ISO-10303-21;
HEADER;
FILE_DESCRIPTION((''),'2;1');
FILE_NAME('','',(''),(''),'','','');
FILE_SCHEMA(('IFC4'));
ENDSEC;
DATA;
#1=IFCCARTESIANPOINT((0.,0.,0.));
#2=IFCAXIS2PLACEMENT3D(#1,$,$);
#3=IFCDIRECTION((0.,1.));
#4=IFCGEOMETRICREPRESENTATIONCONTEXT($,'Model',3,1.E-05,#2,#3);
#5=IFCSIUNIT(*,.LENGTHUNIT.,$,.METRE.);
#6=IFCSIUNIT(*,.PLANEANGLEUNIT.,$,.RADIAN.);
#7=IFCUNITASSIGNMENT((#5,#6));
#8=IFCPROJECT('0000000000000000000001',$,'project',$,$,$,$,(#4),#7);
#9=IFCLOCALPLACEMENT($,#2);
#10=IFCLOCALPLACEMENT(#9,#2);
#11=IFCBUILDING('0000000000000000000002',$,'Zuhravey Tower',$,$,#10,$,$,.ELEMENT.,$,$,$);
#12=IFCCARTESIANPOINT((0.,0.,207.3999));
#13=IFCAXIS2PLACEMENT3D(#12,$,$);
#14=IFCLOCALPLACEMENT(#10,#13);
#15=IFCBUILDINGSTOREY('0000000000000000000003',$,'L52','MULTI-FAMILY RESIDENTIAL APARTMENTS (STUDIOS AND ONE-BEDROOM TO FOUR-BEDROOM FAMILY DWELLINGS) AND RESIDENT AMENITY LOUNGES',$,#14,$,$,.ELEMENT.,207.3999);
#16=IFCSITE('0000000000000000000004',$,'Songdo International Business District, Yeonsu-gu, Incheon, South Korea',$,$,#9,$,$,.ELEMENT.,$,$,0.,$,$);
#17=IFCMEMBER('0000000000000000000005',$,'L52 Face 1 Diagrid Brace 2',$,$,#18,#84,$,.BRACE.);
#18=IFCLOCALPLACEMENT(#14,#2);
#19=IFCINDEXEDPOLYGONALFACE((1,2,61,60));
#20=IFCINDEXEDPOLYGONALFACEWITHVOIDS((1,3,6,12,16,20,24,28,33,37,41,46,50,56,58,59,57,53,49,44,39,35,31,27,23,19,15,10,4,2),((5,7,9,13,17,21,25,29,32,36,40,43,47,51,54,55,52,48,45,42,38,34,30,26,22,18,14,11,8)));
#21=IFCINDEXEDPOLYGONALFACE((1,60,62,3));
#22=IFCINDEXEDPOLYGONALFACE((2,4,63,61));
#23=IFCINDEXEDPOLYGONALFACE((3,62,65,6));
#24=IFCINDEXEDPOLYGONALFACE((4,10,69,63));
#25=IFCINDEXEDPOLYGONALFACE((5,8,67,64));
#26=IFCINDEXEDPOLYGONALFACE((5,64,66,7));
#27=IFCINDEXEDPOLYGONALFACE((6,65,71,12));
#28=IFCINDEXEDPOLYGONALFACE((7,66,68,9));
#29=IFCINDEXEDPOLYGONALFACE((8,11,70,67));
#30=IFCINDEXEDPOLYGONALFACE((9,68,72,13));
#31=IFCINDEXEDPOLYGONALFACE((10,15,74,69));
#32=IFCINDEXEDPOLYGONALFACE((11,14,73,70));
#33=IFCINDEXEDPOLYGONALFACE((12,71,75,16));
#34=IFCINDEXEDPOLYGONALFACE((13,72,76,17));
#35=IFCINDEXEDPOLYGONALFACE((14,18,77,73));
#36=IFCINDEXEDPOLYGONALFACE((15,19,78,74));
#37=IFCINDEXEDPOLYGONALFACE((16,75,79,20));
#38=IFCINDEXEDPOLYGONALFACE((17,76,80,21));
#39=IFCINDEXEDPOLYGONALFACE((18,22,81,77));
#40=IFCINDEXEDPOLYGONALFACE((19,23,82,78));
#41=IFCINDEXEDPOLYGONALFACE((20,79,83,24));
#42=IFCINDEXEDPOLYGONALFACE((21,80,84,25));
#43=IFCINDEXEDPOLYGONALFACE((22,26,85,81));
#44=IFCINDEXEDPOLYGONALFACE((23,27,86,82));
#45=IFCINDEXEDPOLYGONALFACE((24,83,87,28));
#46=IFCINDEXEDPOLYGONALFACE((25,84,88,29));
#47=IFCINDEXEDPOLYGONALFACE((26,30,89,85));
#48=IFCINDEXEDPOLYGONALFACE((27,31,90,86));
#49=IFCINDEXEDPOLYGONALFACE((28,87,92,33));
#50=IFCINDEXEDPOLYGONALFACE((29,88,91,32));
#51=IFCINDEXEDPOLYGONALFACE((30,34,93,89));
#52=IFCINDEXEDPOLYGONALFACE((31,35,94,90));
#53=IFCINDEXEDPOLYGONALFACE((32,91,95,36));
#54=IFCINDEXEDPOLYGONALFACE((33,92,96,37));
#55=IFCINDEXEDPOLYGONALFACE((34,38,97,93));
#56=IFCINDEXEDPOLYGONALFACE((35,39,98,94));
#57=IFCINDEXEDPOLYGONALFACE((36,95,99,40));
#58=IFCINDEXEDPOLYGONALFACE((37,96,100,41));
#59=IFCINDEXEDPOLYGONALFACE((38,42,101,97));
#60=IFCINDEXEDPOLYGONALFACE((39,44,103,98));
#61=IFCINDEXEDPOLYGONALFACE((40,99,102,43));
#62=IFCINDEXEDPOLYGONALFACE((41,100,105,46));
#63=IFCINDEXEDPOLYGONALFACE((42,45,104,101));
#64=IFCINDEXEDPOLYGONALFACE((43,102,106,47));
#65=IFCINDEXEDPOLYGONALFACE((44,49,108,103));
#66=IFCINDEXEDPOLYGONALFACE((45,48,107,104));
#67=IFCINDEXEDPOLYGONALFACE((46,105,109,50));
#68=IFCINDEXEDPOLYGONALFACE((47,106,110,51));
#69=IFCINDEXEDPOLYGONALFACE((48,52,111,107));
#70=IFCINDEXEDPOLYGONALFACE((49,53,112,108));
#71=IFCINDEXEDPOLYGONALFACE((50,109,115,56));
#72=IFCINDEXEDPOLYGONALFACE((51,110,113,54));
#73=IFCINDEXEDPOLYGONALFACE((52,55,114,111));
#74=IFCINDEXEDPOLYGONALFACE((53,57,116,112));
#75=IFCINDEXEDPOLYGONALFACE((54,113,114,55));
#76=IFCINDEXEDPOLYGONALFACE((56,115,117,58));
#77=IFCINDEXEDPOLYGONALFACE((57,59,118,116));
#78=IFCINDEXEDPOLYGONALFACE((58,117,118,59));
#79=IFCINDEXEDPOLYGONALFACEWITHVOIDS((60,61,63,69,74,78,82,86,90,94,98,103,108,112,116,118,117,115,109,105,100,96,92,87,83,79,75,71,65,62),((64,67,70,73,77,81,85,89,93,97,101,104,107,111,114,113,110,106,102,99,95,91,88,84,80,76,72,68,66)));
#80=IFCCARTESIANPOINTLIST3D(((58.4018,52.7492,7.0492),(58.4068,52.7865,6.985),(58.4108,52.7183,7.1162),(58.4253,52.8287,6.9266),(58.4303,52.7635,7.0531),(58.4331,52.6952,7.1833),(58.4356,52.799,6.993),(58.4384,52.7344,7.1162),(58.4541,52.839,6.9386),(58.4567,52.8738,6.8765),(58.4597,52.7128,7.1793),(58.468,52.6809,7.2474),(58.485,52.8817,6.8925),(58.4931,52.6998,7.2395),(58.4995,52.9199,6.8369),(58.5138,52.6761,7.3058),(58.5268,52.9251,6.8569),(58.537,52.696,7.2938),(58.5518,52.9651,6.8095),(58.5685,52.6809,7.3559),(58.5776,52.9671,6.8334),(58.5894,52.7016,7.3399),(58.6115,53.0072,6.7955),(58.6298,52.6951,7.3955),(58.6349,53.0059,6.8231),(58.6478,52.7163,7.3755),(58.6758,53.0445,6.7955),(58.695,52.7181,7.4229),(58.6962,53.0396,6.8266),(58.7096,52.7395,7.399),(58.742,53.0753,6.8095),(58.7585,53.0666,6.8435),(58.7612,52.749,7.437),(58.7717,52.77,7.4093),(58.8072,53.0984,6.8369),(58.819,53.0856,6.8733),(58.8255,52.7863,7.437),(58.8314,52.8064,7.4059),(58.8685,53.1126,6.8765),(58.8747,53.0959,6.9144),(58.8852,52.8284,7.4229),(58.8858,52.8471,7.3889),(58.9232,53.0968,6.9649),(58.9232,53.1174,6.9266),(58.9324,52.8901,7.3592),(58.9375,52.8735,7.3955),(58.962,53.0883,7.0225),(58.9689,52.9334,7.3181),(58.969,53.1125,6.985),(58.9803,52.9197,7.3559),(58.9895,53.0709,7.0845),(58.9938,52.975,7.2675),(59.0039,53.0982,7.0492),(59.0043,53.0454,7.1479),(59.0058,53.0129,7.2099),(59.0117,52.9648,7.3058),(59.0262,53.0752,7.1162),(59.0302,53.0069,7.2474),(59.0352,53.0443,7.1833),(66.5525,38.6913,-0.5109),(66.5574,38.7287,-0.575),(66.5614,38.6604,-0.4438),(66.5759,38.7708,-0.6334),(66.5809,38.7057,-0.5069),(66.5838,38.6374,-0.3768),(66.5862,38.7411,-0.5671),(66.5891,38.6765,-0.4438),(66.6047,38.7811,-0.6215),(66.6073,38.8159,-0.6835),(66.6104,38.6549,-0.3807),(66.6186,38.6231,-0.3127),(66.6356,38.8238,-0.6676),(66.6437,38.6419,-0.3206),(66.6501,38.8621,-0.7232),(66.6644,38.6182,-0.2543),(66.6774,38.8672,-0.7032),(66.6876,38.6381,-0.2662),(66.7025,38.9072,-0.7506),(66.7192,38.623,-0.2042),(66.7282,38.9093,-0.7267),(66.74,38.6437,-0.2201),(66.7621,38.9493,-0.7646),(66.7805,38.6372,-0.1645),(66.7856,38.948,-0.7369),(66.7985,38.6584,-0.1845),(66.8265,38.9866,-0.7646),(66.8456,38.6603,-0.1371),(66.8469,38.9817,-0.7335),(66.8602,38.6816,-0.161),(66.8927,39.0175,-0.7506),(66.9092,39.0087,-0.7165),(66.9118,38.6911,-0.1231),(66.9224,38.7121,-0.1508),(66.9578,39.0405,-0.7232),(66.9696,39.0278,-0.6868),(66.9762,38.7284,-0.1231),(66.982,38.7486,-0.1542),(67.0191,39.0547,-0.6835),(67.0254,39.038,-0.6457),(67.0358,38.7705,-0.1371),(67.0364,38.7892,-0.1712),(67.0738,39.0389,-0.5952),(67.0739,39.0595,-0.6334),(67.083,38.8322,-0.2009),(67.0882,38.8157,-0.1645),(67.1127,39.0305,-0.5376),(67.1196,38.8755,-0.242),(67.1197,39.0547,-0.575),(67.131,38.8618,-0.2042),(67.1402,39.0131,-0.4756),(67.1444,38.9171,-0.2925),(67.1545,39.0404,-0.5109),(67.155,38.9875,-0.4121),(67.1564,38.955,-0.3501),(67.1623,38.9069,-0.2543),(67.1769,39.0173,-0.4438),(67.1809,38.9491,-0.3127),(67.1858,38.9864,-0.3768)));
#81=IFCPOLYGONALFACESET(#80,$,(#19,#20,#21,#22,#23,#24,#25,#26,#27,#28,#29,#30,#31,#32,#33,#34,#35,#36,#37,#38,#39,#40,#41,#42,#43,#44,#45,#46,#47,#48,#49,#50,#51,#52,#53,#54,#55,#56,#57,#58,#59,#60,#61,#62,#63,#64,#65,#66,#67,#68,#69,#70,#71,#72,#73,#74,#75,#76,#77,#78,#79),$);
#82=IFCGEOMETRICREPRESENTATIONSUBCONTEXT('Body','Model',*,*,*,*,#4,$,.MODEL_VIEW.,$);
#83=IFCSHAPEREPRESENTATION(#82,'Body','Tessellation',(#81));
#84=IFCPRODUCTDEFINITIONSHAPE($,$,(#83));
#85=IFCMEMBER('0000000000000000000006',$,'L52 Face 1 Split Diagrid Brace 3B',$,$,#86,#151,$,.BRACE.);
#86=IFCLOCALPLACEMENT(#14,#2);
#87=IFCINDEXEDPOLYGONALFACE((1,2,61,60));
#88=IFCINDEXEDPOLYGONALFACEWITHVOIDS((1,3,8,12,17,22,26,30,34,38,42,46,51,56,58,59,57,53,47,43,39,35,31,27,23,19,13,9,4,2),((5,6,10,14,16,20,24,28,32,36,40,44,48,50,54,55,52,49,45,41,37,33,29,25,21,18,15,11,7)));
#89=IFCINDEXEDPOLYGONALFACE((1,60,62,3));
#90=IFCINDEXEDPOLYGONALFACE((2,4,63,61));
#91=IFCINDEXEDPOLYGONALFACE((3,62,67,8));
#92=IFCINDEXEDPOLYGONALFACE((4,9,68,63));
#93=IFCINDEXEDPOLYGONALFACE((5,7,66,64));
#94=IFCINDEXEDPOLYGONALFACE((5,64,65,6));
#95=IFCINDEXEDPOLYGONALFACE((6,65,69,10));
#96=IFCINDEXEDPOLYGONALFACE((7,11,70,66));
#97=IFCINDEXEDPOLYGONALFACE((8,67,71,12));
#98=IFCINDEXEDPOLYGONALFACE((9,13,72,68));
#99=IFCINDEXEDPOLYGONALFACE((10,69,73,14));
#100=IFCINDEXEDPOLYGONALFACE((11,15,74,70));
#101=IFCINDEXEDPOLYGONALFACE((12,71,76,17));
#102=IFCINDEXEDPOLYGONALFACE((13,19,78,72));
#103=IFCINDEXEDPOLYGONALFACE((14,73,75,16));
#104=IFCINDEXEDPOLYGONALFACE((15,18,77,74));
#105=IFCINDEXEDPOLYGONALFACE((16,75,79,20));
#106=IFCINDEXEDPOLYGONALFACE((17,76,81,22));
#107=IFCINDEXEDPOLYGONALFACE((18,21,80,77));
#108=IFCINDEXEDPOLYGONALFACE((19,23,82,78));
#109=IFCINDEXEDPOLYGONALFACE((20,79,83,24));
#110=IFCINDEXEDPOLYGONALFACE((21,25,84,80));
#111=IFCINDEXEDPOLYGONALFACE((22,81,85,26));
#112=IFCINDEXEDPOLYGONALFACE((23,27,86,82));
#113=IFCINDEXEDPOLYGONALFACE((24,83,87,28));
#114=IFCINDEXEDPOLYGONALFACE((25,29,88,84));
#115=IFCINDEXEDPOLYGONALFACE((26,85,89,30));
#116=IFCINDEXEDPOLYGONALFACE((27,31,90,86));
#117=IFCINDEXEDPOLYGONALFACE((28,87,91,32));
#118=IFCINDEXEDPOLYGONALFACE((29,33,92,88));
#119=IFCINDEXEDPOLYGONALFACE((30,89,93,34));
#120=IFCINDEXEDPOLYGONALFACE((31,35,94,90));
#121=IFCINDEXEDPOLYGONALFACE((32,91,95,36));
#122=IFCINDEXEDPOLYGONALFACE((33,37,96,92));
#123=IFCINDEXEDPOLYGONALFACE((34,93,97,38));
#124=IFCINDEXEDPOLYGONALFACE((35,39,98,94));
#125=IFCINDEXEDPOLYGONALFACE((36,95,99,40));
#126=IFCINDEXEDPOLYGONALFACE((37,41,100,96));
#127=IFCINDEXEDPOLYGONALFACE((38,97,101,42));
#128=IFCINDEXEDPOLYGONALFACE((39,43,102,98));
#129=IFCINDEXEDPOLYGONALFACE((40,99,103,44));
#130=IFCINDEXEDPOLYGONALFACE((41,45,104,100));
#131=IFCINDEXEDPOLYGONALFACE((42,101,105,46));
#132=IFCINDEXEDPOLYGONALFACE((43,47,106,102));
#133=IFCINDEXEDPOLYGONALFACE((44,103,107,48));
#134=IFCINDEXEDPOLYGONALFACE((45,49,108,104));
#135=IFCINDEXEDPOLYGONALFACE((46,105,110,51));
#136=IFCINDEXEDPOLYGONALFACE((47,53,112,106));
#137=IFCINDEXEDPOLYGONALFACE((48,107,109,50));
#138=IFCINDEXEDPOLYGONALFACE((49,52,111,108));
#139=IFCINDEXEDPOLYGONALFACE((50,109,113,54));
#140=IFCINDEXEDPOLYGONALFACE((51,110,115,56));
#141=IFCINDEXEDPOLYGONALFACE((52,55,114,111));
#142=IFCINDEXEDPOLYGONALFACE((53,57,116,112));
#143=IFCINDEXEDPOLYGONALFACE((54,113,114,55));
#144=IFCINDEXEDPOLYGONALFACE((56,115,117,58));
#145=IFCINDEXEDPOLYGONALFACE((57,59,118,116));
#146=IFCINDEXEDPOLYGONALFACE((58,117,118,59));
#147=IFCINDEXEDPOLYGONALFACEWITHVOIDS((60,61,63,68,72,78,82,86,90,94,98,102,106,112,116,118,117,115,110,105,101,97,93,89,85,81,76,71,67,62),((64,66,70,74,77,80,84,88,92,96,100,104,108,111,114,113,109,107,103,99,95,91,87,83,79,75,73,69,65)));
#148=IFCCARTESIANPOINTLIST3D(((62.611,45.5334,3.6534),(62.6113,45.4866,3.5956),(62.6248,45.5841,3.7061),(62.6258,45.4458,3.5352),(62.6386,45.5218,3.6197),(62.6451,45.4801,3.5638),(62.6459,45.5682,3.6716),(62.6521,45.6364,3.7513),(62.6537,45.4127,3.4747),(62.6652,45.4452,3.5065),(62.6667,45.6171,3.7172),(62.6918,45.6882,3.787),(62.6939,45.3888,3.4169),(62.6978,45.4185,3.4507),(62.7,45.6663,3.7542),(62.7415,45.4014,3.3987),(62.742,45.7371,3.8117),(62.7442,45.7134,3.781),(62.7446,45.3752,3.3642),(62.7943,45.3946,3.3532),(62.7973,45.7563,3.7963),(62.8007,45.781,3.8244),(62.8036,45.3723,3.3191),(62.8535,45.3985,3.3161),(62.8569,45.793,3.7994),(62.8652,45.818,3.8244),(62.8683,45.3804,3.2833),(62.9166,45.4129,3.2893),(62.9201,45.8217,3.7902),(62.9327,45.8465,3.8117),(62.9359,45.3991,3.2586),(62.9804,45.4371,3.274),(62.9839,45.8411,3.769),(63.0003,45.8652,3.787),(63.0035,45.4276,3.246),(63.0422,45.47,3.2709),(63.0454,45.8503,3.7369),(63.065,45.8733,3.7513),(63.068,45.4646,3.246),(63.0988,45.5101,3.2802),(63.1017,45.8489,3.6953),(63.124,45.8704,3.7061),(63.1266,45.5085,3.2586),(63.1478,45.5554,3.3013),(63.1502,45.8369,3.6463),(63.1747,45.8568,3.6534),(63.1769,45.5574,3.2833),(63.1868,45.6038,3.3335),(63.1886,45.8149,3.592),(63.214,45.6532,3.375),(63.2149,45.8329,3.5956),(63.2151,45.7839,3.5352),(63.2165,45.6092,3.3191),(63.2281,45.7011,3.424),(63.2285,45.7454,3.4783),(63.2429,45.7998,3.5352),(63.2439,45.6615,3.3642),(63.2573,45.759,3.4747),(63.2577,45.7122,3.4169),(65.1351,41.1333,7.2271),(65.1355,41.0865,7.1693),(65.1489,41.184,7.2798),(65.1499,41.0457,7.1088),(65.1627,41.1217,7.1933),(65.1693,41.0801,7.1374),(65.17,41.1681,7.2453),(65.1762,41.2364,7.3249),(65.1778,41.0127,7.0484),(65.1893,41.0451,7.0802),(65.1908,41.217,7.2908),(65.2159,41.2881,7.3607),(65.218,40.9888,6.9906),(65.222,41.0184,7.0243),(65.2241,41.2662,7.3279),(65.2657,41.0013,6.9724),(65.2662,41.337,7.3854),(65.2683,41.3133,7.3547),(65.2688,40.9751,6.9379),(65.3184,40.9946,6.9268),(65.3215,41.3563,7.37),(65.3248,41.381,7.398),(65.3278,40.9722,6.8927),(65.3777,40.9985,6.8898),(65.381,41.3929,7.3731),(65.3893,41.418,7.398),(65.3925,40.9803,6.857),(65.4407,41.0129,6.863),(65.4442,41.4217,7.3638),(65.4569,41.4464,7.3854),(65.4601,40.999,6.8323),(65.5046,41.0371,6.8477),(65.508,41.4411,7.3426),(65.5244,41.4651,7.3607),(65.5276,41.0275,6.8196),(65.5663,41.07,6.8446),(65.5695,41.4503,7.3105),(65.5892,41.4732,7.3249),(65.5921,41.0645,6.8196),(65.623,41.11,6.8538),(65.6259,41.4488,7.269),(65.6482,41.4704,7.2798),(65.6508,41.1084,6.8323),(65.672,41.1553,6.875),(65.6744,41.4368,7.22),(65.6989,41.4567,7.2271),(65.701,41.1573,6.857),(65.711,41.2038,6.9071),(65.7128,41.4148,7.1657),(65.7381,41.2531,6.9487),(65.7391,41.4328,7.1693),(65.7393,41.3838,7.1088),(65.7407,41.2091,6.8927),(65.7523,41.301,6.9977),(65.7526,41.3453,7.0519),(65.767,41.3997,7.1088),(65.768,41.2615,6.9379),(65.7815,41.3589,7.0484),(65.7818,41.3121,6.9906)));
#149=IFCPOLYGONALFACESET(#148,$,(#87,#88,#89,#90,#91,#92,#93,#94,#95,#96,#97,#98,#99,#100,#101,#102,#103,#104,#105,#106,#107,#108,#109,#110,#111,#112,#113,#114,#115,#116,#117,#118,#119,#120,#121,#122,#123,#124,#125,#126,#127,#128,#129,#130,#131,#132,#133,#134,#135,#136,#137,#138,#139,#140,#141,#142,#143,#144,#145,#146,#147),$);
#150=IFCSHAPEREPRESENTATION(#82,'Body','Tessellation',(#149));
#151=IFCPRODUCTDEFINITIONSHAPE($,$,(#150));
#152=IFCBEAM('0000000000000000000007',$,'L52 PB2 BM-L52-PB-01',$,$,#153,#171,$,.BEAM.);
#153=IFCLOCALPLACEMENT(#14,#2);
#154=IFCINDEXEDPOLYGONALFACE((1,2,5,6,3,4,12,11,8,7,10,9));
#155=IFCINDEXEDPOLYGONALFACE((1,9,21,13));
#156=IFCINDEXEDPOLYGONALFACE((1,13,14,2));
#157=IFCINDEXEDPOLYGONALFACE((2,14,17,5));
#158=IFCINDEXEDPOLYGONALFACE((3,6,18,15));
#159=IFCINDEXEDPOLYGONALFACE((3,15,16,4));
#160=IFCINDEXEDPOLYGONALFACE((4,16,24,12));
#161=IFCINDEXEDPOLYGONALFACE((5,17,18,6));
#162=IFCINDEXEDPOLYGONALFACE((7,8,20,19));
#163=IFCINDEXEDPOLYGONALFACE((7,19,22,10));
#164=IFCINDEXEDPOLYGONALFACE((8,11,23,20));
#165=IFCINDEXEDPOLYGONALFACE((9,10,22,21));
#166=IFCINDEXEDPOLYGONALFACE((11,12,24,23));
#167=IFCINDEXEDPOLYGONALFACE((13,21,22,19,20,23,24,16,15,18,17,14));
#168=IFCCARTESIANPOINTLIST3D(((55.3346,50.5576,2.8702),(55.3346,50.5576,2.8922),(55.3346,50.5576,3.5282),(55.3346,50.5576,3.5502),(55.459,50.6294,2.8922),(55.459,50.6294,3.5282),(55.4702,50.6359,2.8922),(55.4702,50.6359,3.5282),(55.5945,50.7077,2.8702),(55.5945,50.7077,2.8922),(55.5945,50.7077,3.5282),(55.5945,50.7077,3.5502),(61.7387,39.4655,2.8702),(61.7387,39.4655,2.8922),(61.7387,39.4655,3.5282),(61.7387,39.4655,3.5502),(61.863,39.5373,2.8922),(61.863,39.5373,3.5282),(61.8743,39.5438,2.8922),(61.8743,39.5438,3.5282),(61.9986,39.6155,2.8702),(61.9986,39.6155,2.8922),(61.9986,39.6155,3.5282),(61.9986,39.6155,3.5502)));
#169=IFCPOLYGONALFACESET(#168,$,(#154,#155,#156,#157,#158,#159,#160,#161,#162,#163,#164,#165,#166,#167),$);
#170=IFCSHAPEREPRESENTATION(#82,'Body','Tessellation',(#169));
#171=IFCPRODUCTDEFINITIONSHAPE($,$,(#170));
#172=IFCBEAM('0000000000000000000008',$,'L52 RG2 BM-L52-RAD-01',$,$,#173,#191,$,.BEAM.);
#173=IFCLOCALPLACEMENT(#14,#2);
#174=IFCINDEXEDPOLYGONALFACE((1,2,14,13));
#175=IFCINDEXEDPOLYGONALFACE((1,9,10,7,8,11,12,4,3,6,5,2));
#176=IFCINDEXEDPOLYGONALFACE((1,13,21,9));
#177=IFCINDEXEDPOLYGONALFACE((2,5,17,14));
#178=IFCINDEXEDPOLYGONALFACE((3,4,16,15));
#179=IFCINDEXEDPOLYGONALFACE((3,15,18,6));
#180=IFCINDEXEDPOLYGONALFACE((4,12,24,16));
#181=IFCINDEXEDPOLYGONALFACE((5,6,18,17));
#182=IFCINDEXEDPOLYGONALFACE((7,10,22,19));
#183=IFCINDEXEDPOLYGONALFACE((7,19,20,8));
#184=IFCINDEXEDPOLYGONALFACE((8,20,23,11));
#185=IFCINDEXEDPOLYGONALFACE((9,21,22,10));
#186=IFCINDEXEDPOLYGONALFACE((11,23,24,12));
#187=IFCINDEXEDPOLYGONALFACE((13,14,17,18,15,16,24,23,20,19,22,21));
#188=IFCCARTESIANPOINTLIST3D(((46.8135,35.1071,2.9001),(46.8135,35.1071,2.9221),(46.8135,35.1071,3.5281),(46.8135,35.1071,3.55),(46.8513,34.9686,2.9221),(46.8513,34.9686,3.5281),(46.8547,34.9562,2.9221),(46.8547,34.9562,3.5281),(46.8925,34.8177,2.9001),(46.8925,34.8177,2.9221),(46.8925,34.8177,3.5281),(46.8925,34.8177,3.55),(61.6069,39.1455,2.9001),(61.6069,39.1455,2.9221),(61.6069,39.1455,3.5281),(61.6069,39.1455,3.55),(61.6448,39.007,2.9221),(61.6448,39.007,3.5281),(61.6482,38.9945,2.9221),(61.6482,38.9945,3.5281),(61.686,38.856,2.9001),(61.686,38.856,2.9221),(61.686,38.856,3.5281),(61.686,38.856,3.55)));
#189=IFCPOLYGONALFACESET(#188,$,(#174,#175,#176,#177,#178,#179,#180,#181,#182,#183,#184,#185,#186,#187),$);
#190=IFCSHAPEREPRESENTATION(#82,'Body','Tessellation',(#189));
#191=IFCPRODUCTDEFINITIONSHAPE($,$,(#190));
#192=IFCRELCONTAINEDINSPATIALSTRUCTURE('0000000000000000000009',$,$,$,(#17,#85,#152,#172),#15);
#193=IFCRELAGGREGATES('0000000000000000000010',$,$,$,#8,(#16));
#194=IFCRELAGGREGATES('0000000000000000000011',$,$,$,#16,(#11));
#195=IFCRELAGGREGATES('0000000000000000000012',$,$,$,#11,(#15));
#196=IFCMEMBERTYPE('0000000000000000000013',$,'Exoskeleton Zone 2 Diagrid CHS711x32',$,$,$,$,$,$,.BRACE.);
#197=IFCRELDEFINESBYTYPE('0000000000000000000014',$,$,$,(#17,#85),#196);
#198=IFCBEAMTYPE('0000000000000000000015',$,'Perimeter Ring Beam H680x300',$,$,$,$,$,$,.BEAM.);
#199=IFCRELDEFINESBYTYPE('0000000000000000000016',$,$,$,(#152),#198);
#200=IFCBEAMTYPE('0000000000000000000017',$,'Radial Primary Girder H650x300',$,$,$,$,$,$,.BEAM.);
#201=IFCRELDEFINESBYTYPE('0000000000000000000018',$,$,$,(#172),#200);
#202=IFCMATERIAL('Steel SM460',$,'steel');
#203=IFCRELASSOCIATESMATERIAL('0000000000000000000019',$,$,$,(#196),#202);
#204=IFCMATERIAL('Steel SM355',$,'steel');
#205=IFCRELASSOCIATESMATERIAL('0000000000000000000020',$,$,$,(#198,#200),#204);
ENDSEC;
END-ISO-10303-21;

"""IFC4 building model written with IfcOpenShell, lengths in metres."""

from ifc_helpers import new_model, si_unit, direction, frame, origin, origin_2d, place, context, subcontext, project, spatial, hollow_circle, i_section, extrude, material, material_profile, profile_set, type_object, element, save


model = new_model("IFC4")

# Units and contexts
model_context = context("Model", 3, precision=1e-05, world=origin(), true_north=direction((0.0, 1.0)))
body_context = subcontext(model_context, "Body", "Model", "MODEL_VIEW")
ifc_project = project(units=[si_unit("LENGTHUNIT", "METRE"), si_unit("PLANEANGLEUNIT", "RADIAN")], contexts=[model_context])

# Site, building, storey
site_placement = place(None, origin())
site = spatial("IfcSite", under=ifc_project, at=site_placement, Name="Songdo International Business District, Yeonsu-gu, Incheon, South Korea", CompositionType="ELEMENT", RefElevation=0.0)
building_placement = place(site_placement, origin())
building = spatial("IfcBuilding", under=site, at=building_placement, Name="Zuhravey Tower", CompositionType="ELEMENT")
storey_placement = place(building_placement, frame((0.0, 0.0, 207.3999)))
storey = spatial("IfcBuildingStorey", under=building, at=storey_placement, Name="L52", Description="MULTI-FAMILY RESIDENTIAL APARTMENTS (STUDIOS AND ONE-BEDROOM TO FOUR-BEDROOM FAMILY DWELLINGS) AND RESIDENT AMENITY LOUNGES", CompositionType="ELEMENT", Elevation=207.3999)

# Members
ifc_material_1 = material(Name="Steel SM355", Category="steel")
ifc_material_2 = material(Name="Steel SM460", Category="steel")
ifc_material_profile_1 = material_profile(ifc_material_2, hollow_circle(Radius=0.3557, WallThickness=0.032, at=origin_2d()), Name="CHS-711.2x32")
ifc_profile_set_1 = profile_set([ifc_material_profile_1], Name="Steel SM460")
member_type_1 = type_object("IfcMemberType", Name="Exoskeleton Zone 2 Diagrid CHS711x32", PredefinedType="BRACE", material=ifc_profile_set_1)
member_1_placement = place(storey_placement, frame((66.8691, 38.8389, -0.4438), z_axis=(-0.454775, 0.784376, 0.421823), x_axis=(-0.865109, -0.501583, 0.0)))
element("IfcMember", 1, at=member_1_placement, inside=storey, type_object=member_type_1, Name="L52 Face 1 Diagrid Brace 2", PredefinedType="BRACE", context=body_context, shape_type="SweptSolid", body=[
    extrude(hollow_circle(Radius=0.3557, WallThickness=0.032, at=origin_2d()), origin(), (0.0, 0.0, 1.0), 17.9224),
])
member_2_placement = place(storey_placement, frame((62.9343, 45.6228, 3.5352), z_axis=(0.406784, -0.709108, 0.575927), x_axis=(0.86741, 0.497595, 0.0)))
element("IfcMember", 2, at=member_2_placement, inside=storey, type_object=member_type_1, Name="L52 Face 1 Split Diagrid Brace 3B", PredefinedType="BRACE", context=body_context, shape_type="SweptSolid", body=[
    extrude(hollow_circle(Radius=0.3557, WallThickness=0.032, at=origin_2d()), origin(), (0.0, 0.0, 1.0), 6.2051),
])

# Beams
ifc_material_profile_2 = material_profile(ifc_material_1, i_section(OverallWidth=0.3, OverallDepth=0.6799, WebThickness=0.0129, FlangeThickness=0.022, at=origin_2d()), Name="H-680x300x13x22")
ifc_profile_set_2 = profile_set([ifc_material_profile_2], Name="Steel SM355")
beam_type_1 = type_object("IfcBeamType", Name="Perimeter Ring Beam H680x300", PredefinedType="BEAM", material=ifc_profile_set_2)
beam_1_placement = place(storey_placement, frame((61.8687, 39.5405, 3.2102), z_axis=(-0.500004, 0.866023, 0.0), x_axis=(-0.866023, -0.500004, 0.0)))
element("IfcBeam", 3, at=beam_1_placement, inside=storey, type_object=beam_type_1, Name="L52 PB2 BM-L52-PB-01", PredefinedType="BEAM", context=body_context, shape_type="SweptSolid", body=[
    extrude(i_section(OverallWidth=0.3, OverallDepth=0.6799, WebThickness=0.0129, FlangeThickness=0.022, at=origin_2d()), origin(), (0.0, 0.0, 1.0), 12.8081),
])
ifc_material_profile_3 = material_profile(ifc_material_1, i_section(OverallWidth=0.3, OverallDepth=0.6499, WebThickness=0.0129, FlangeThickness=0.022, at=origin_2d()), Name="H-650x300x13x22")
ifc_profile_set_3 = profile_set([ifc_material_profile_3], Name="Steel SM355")
beam_type_2 = type_object("IfcBeamType", Name="Radial Primary Girder H650x300", PredefinedType="BEAM", material=ifc_profile_set_3)
beam_2_placement = place(storey_placement, frame((46.853, 34.9624, 3.2251), z_axis=(0.964702, 0.263345, 0.0), x_axis=(-0.263345, 0.964702, 0.0)))
element("IfcBeam", 4, at=beam_2_placement, inside=storey, type_object=beam_type_2, Name="L52 RG2 BM-L52-RAD-01", PredefinedType="BEAM", context=body_context, shape_type="SweptSolid", body=[
    extrude(i_section(OverallWidth=0.3, OverallDepth=0.6499, WebThickness=0.0129, FlangeThickness=0.022, at=origin_2d()), origin(), (0.0, 0.0, 1.0), 15.3347),
])

save(model, "model.ifc")
